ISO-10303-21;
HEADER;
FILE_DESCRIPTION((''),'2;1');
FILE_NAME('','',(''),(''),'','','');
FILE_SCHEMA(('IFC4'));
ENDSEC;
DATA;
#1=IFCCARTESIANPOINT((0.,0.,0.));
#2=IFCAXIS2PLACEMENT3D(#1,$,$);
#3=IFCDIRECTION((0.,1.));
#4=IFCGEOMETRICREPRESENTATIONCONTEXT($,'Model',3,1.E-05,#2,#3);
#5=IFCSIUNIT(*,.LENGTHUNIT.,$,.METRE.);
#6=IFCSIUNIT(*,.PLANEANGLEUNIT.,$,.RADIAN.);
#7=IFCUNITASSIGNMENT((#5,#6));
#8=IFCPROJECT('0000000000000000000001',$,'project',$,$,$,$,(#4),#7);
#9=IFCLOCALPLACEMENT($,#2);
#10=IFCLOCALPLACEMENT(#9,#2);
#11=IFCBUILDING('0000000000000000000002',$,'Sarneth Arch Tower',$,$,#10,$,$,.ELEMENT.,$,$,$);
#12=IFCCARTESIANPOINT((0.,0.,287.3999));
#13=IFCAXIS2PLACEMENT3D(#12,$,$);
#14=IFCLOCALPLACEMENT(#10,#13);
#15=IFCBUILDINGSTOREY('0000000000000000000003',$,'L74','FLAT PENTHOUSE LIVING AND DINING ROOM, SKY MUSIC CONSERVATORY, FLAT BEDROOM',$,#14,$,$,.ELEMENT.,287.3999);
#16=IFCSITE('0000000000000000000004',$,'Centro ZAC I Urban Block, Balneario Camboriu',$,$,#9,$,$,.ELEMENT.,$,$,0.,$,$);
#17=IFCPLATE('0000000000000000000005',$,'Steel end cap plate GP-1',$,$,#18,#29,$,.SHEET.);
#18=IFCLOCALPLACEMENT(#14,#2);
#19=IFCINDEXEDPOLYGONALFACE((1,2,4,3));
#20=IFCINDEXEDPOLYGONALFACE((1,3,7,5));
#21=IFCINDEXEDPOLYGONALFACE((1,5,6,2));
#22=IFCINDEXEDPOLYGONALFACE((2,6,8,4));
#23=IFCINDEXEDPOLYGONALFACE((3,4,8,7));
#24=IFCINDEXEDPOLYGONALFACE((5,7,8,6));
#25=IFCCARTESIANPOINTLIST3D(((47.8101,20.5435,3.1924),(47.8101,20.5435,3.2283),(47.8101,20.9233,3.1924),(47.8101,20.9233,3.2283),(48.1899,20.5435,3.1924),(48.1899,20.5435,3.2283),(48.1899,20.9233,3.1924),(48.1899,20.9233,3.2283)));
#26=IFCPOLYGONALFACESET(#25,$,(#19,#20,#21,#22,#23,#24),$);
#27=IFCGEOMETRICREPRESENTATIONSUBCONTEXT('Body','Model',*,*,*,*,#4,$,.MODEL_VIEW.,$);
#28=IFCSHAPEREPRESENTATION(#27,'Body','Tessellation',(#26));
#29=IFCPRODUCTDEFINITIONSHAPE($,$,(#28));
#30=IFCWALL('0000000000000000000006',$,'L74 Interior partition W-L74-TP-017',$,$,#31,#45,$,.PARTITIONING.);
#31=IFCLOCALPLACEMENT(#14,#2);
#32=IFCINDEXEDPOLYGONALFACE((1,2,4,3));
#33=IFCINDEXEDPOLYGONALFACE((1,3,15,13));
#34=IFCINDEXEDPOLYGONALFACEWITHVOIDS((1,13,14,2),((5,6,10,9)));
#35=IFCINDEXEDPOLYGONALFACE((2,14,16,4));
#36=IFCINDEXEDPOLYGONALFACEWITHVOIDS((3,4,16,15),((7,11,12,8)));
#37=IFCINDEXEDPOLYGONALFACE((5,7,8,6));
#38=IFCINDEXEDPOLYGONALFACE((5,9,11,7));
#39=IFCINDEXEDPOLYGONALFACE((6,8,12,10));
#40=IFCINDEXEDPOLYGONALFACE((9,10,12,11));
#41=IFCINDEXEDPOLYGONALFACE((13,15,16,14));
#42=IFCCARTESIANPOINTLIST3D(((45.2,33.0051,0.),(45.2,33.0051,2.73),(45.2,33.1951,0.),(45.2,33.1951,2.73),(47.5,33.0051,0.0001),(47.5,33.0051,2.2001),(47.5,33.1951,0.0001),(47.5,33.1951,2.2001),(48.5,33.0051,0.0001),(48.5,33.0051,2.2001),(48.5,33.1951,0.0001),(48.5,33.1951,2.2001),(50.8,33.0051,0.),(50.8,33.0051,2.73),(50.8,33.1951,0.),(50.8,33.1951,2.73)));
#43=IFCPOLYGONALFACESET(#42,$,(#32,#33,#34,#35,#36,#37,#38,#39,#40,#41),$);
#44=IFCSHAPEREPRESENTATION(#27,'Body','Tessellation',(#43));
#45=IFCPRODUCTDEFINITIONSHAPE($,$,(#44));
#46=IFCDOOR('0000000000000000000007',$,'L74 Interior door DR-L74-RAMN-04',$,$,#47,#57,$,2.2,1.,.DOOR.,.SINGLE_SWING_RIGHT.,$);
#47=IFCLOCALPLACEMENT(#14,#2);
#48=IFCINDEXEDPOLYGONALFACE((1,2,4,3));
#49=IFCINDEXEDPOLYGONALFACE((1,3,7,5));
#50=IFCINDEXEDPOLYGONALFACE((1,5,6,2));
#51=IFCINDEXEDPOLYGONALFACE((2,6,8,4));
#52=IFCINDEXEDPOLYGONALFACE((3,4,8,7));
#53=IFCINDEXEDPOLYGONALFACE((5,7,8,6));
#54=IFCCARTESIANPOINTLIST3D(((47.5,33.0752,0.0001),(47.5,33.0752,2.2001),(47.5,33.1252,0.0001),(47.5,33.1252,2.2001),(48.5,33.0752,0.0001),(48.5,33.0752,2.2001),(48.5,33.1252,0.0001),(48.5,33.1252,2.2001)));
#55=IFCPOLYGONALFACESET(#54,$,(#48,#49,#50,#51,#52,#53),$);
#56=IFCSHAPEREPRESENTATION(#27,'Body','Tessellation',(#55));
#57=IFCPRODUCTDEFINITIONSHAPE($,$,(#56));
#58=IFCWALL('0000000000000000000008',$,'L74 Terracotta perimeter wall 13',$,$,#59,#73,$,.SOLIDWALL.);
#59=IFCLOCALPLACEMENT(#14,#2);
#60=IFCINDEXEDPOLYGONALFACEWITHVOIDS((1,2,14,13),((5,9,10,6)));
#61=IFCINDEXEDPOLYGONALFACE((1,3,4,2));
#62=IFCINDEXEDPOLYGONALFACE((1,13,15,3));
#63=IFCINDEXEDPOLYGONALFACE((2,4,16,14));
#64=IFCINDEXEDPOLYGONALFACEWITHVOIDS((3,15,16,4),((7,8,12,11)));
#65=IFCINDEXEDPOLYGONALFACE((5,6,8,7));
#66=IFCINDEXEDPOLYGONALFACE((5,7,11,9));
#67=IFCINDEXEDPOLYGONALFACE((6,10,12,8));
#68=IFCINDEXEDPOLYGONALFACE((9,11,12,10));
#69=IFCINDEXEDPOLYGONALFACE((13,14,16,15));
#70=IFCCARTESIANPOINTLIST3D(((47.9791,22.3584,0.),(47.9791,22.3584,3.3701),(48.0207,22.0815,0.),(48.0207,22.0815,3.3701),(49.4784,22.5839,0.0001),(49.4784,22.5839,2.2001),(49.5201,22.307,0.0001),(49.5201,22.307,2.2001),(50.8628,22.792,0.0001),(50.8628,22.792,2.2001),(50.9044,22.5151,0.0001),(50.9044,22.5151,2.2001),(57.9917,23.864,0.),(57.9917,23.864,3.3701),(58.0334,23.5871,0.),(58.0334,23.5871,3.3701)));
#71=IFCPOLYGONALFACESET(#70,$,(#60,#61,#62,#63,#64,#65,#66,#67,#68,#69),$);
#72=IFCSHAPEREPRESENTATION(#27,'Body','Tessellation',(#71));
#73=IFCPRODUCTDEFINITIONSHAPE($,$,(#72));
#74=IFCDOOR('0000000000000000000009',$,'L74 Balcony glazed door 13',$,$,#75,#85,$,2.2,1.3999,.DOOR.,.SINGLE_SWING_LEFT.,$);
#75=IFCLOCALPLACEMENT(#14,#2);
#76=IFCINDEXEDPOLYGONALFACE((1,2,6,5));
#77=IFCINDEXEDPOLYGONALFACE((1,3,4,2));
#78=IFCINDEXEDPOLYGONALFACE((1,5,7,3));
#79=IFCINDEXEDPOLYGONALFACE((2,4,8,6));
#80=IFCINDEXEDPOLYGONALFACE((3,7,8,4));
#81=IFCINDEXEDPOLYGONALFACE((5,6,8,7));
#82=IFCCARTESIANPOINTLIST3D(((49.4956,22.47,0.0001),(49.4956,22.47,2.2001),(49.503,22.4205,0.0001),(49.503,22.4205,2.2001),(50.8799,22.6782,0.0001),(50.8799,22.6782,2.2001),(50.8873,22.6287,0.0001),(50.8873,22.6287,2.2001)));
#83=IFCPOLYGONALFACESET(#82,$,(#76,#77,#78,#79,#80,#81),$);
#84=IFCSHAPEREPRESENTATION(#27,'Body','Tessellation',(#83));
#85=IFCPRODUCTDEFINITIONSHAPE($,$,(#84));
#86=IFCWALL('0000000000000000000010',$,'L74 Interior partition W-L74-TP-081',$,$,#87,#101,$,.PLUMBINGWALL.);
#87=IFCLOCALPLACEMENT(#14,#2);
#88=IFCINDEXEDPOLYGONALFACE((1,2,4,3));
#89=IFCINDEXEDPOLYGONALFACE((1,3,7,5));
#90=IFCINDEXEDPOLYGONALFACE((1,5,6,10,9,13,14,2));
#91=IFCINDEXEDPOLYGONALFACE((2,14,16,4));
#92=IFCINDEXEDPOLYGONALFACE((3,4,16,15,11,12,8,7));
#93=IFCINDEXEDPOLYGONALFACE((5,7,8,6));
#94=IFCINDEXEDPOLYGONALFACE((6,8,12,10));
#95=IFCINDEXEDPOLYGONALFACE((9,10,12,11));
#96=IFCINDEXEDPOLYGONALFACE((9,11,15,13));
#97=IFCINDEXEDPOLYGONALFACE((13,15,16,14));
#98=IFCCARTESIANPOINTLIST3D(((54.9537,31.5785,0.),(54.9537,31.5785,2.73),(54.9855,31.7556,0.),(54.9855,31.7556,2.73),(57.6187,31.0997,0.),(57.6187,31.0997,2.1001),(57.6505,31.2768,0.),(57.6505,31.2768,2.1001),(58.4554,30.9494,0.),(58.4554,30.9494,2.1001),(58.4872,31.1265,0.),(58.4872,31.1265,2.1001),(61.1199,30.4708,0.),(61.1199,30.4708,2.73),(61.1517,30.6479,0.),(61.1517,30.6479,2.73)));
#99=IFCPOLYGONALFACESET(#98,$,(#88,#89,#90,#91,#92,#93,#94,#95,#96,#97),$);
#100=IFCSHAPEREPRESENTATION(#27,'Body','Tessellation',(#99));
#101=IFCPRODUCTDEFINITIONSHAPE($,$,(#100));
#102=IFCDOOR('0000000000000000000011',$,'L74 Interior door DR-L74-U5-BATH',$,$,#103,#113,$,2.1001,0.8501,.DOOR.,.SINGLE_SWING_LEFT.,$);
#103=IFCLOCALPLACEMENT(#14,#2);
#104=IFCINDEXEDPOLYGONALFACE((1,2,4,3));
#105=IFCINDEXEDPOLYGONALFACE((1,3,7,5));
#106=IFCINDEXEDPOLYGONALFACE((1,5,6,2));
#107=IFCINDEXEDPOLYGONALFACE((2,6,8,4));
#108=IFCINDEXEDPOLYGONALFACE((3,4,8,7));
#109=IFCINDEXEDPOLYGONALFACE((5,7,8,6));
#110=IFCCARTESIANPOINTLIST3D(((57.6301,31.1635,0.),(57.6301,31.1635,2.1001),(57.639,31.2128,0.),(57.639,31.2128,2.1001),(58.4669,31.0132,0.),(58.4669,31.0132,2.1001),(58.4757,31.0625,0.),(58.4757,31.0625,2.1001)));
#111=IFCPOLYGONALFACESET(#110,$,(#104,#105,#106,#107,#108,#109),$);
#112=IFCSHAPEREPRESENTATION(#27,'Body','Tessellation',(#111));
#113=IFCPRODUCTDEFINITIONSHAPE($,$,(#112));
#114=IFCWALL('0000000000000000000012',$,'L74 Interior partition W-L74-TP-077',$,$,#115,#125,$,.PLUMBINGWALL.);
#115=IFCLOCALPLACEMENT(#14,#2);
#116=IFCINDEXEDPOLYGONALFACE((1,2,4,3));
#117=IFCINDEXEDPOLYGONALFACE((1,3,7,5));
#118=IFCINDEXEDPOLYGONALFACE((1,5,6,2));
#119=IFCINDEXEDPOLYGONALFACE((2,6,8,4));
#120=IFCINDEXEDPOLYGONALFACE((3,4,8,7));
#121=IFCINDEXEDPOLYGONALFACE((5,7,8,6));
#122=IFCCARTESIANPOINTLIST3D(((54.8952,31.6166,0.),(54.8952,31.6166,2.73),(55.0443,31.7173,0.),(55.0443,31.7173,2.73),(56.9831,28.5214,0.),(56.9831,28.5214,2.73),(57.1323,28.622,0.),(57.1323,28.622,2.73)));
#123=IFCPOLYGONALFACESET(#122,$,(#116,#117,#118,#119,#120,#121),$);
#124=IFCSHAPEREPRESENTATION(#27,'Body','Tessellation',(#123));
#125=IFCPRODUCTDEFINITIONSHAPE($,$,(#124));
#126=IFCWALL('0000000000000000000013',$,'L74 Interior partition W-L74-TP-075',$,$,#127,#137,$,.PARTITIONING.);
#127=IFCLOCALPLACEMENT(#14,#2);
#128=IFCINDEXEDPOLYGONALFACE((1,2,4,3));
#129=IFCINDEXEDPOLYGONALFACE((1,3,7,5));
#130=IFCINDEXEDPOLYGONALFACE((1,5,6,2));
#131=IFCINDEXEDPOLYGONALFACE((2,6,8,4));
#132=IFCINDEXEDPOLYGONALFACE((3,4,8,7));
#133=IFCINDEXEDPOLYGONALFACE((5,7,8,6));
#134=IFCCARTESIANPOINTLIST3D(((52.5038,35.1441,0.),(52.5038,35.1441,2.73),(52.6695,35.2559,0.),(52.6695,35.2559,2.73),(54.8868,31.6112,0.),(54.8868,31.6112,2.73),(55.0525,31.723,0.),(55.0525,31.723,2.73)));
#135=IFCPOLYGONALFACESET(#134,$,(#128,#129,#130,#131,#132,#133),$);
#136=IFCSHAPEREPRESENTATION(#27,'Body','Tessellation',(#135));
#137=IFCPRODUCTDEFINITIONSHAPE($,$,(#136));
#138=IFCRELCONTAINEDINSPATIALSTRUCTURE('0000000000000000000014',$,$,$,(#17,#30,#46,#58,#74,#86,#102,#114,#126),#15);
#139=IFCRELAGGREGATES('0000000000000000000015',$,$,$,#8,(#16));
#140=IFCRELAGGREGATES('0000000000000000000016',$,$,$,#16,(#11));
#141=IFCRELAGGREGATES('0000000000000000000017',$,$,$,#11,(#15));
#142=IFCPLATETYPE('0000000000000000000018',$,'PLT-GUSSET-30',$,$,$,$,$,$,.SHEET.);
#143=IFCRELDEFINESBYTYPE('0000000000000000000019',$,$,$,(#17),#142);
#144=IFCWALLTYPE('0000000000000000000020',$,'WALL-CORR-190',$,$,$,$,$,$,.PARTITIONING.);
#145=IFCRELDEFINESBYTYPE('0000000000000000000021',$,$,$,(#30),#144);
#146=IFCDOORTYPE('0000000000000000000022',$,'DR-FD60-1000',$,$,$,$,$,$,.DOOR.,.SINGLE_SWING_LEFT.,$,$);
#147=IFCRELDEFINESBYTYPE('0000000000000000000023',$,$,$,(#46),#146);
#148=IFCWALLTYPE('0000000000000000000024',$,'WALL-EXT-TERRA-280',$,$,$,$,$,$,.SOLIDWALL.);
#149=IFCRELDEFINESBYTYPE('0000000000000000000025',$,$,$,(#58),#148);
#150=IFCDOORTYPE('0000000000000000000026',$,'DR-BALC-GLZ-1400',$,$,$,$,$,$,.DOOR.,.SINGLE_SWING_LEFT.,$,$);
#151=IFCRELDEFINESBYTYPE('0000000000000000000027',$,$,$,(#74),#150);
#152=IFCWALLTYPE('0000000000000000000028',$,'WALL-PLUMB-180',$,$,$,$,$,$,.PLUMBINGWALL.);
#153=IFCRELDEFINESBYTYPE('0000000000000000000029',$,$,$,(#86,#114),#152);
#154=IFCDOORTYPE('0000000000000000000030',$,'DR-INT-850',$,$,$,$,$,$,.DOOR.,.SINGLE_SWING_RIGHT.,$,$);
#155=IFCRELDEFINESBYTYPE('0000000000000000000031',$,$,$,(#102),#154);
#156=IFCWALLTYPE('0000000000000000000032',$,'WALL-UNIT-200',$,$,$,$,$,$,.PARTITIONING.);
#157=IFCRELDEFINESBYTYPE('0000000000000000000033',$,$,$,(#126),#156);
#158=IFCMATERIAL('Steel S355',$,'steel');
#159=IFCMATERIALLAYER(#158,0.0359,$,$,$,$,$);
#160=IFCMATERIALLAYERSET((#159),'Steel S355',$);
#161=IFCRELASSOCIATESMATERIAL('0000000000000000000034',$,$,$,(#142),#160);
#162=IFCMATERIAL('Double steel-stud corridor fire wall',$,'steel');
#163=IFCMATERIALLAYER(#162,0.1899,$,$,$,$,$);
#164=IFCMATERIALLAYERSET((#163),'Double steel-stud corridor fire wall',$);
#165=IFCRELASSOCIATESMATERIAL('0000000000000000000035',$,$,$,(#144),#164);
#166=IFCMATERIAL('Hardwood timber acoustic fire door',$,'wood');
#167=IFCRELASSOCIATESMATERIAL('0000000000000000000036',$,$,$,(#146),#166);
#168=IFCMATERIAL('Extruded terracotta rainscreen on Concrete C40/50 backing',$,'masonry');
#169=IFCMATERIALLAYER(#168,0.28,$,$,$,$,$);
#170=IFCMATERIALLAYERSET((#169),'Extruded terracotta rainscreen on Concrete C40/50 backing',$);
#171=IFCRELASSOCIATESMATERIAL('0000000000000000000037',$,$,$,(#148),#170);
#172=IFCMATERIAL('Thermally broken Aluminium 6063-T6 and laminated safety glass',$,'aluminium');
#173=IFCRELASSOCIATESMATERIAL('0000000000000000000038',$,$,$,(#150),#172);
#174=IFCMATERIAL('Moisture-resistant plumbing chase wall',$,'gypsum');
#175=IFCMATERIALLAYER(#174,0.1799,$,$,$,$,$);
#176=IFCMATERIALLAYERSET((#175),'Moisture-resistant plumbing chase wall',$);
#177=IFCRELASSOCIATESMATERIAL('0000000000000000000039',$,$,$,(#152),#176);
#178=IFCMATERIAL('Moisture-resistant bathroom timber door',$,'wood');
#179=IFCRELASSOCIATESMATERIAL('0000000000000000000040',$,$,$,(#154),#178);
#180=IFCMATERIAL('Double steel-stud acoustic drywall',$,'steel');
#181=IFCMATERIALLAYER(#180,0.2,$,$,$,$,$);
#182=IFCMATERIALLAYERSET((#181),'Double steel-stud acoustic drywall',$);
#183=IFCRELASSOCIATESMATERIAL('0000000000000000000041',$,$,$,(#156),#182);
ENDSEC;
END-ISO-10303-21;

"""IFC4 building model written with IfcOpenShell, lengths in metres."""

from ifc_helpers import new_model, si_unit, direction, frame, frame_2d, origin, origin_2d, place, context, subcontext, project, spatial, rectangle, extrude, material, layer, layer_set, type_object, element, fill, save


model = new_model("IFC4")

# Units and contexts
model_context = context("Model", 3, precision=1e-05, world=origin(), true_north=direction((0.0, 1.0)))
body_context = subcontext(model_context, "Body", "Model", "MODEL_VIEW")
ifc_project = project(units=[si_unit("LENGTHUNIT", "METRE"), si_unit("PLANEANGLEUNIT", "RADIAN")], contexts=[model_context])

# Site, building, storey
site_placement = place(None, origin())
site = spatial("IfcSite", under=ifc_project, at=site_placement, Name="Centro ZAC I Urban Block, Balneario Camboriu", CompositionType="ELEMENT", RefElevation=0.0)
building_placement = place(site_placement, origin())
building = spatial("IfcBuilding", under=site, at=building_placement, Name="Sarneth Arch Tower", CompositionType="ELEMENT")
storey_placement = place(building_placement, frame((0.0, 0.0, 287.3999)))
storey = spatial("IfcBuildingStorey", under=building, at=storey_placement, Name="L74", Description="FLAT PENTHOUSE LIVING AND DINING ROOM, SKY MUSIC CONSERVATORY, FLAT BEDROOM", CompositionType="ELEMENT", Elevation=287.3999)

# Plate
ifc_material_1 = material(Name="Steel S355", Category="steel")
ifc_layer_1 = layer(ifc_material_1, 0.0359)
ifc_layer_set_1 = layer_set([ifc_layer_1], Name="Steel S355")
plate_type = type_object("IfcPlateType", Name="PLT-GUSSET-30", PredefinedType="SHEET", material=ifc_layer_set_1)
plate_1_placement = place(storey_placement, frame((48.0, 20.7334, 3.1924), z_axis=(0.0, 0.0, 1.0), x_axis=(0.0, -1.0, 0.0)))
element("IfcPlate", 1, at=plate_1_placement, inside=storey, type_object=plate_type, Name="Steel end cap plate GP-1", PredefinedType="SHEET", context=body_context, shape_type="SweptSolid", body=[
    extrude(rectangle(XDim=0.3799, YDim=0.3799, at=origin_2d()), origin(), (0.0, 0.0, 1.0), 0.0359),
])

# Walls, openings, doors
ifc_material_2 = material(Name="Double steel-stud corridor fire wall", Category="steel")
ifc_layer_2 = layer(ifc_material_2, 0.1899)
ifc_layer_set_2 = layer_set([ifc_layer_2], Name="Double steel-stud corridor fire wall")
wall_type_1 = type_object("IfcWallType", Name="WALL-CORR-190", PredefinedType="PARTITIONING", material=ifc_layer_set_2)
wall_1_placement = place(storey_placement, frame((50.8, 33.1001, 0.0), z_axis=(0.0, 0.0, 1.0), x_axis=(-1.0, 0.0, 0.0)))
wall_1 = element("IfcWall", 2, at=wall_1_placement, inside=storey, type_object=wall_type_1, Name="L74 Interior partition W-L74-TP-017", PredefinedType="PARTITIONING", context=body_context, shape_type="SweptSolid", body=[
    extrude(rectangle(XDim=5.6001, YDim=0.1899, at=frame_2d((2.8, 0.0))), origin(), (0.0, 0.0, 1.0), 2.73),
])
opening_1_placement = place(wall_1_placement, frame((2.3, 0.0, 0.0)))
opening_1 = element("IfcOpeningElement", 3, at=opening_1_placement, cuts=wall_1, PredefinedType="OPENING", context=body_context, shape_type="SweptSolid", body=[
    extrude(rectangle(XDim=1.0, YDim=2.2, at=frame_2d((0.5, 1.1001))), frame((0.0, 0.105, 0.0), z_axis=(0.0, -1.0, 0.0), x_axis=(1.0, 0.0, 0.0)), (0.0, 0.0, 1.0), 0.21),
])
ifc_material_3 = material(Name="Hardwood timber acoustic fire door", Category="wood")
door_type_1 = type_object("IfcDoorType", Name="DR-FD60-1000", OperationType="SINGLE_SWING_LEFT", PredefinedType="DOOR", material=ifc_material_3)
door_1_placement = place(opening_1_placement, origin())
door_1 = element("IfcDoor", 4, at=door_1_placement, inside=storey, type_object=door_type_1, Name="L74 Interior door DR-L74-RAMN-04", OperationType="SINGLE_SWING_RIGHT", OverallHeight=2.2, OverallWidth=1.0, PredefinedType="DOOR", context=body_context, shape_type="SweptSolid", body=[
    extrude(rectangle(XDim=1.0, YDim=2.2, at=frame_2d((0.5, 1.1001))), frame((0.0, 0.0249, 0.0), z_axis=(0.0, -1.0, 0.0), x_axis=(1.0, 0.0, 0.0)), (0.0, 0.0, 1.0), 0.05),
])
fill(opening_1, door_1)
ifc_material_4 = material(Name="Extruded terracotta rainscreen on Concrete C40/50 backing", Category="masonry")
ifc_layer_3 = layer(ifc_material_4, 0.28)
ifc_layer_set_3 = layer_set([ifc_layer_3], Name="Extruded terracotta rainscreen on Concrete C40/50 backing")
wall_type_2 = type_object("IfcWallType", Name="WALL-EXT-TERRA-280", PredefinedType="SOLIDWALL", material=ifc_layer_set_3)
wall_2_placement = place(storey_placement, frame((48.0, 22.22, 0.0), z_axis=(0.0, 0.0, 1.0), x_axis=(0.988883, 0.148699, 0.0)))
wall_2 = element("IfcWall", 5, at=wall_2_placement, inside=storey, type_object=wall_type_2, Name="L74 Terracotta perimeter wall 13", PredefinedType="SOLIDWALL", context=body_context, shape_type="SweptSolid", body=[
    extrude(rectangle(XDim=10.1252, YDim=0.28, at=frame_2d((5.0625, 0.0))), origin(), (0.0, 0.0, 1.0), 3.3701),
])
opening_2_placement = place(wall_2_placement, frame((1.5161, 0.0, 0.0)))
opening_2 = element("IfcOpeningElement", 6, at=opening_2_placement, cuts=wall_2, PredefinedType="OPENING", context=body_context, shape_type="SweptSolid", body=[
    extrude(rectangle(XDim=1.3999, YDim=2.2, at=frame_2d((0.7, 1.1001))), frame((0.0, 0.1499, 0.0), z_axis=(0.0, -1.0, 0.0), x_axis=(1.0, 0.0, 0.0)), (0.0, 0.0, 1.0), 0.3),
])
ifc_material_5 = material(Name="Thermally broken Aluminium 6063-T6 and laminated safety glass", Category="aluminium")
door_type_2 = type_object("IfcDoorType", Name="DR-BALC-GLZ-1400", OperationType="SINGLE_SWING_LEFT", PredefinedType="DOOR", material=ifc_material_5)
door_2_placement = place(opening_2_placement, origin())
door_2 = element("IfcDoor", 7, at=door_2_placement, inside=storey, type_object=door_type_2, Name="L74 Balcony glazed door 13", OperationType="SINGLE_SWING_LEFT", OverallHeight=2.2, OverallWidth=1.3999, PredefinedType="DOOR", context=body_context, shape_type="SweptSolid", body=[
    extrude(rectangle(XDim=1.3999, YDim=2.2, at=frame_2d((0.7, 1.1001))), frame((0.0, 0.0249, 0.0), z_axis=(0.0, -1.0, 0.0), x_axis=(1.0, 0.0, 0.0)), (0.0, 0.0, 1.0), 0.05),
])
fill(opening_2, door_2)
ifc_material_6 = material(Name="Moisture-resistant plumbing chase wall", Category="gypsum")
ifc_layer_4 = layer(ifc_material_6, 0.1799)
ifc_layer_set_4 = layer_set([ifc_layer_4], Name="Moisture-resistant plumbing chase wall")
wall_type_3 = type_object("IfcWallType", Name="WALL-PLUMB-180", PredefinedType="PLUMBINGWALL", material=ifc_layer_set_4)
wall_3_placement = place(storey_placement, frame((54.9697, 31.667, 0.0), z_axis=(0.0, 0.0, 1.0), x_axis=(0.984246, -0.176803, 0.0)))
wall_3 = element("IfcWall", 8, at=wall_3_placement, inside=storey, type_object=wall_type_3, Name="L74 Interior partition W-L74-TP-081", PredefinedType="PLUMBINGWALL", context=body_context, shape_type="SweptSolid", body=[
    extrude(rectangle(XDim=6.2649, YDim=0.1799, at=frame_2d((3.1323, 0.0))), origin(), (0.0, 0.0, 1.0), 2.73),
])
opening_3_placement = place(wall_3_placement, frame((2.7075, 0.0, 0.0)))
opening_3 = element("IfcOpeningElement", 9, at=opening_3_placement, cuts=wall_3, PredefinedType="OPENING", context=body_context, shape_type="SweptSolid", body=[
    extrude(rectangle(XDim=0.8501, YDim=2.1001, at=frame_2d((0.425, 1.05))), frame((0.0, 0.0999, 0.0), z_axis=(0.0, -1.0, 0.0), x_axis=(1.0, 0.0, 0.0)), (0.0, 0.0, 1.0), 0.2),
])
ifc_material_7 = material(Name="Moisture-resistant bathroom timber door", Category="wood")
door_type_3 = type_object("IfcDoorType", Name="DR-INT-850", OperationType="SINGLE_SWING_RIGHT", PredefinedType="DOOR", material=ifc_material_7)
door_3_placement = place(opening_3_placement, origin())
door_3 = element("IfcDoor", 10, at=door_3_placement, inside=storey, type_object=door_type_3, Name="L74 Interior door DR-L74-U5-BATH", OperationType="SINGLE_SWING_LEFT", OverallHeight=2.1001, OverallWidth=0.8501, PredefinedType="DOOR", context=body_context, shape_type="SweptSolid", body=[
    extrude(rectangle(XDim=0.8501, YDim=2.1001, at=frame_2d((0.425, 1.05))), frame((0.0, 0.0249, 0.0), z_axis=(0.0, -1.0, 0.0), x_axis=(1.0, 0.0, 0.0)), (0.0, 0.0, 1.0), 0.05),
])
fill(opening_3, door_3)

# Walls
wall_4_placement = place(storey_placement, frame((57.0576, 28.5718, 0.0), z_axis=(0.0, 0.0, 1.0), x_axis=(-0.559219, 0.82902, 0.0)))
element("IfcWall", 11, at=wall_4_placement, inside=storey, type_object=wall_type_3, Name="L74 Interior partition W-L74-TP-077", PredefinedType="PLUMBINGWALL", context=body_context, shape_type="SweptSolid", body=[
    extrude(rectangle(XDim=3.7336, YDim=0.1799, at=frame_2d((1.8667, 0.0))), origin(), (0.0, 0.0, 1.0), 2.73),
])
ifc_material_8 = material(Name="Double steel-stud acoustic drywall", Category="steel")
ifc_layer_5 = layer(ifc_material_8, 0.2)
ifc_layer_set_5 = layer_set([ifc_layer_5], Name="Double steel-stud acoustic drywall")
wall_type_4 = type_object("IfcWallType", Name="WALL-UNIT-200", PredefinedType="PARTITIONING", material=ifc_layer_set_5)
wall_5_placement = place(storey_placement, frame((54.9697, 31.667, 0.0), z_axis=(0.0, 0.0, 1.0), x_axis=(-0.5592, 0.829033, 0.0)))
element("IfcWall", 12, at=wall_5_placement, inside=storey, type_object=wall_type_4, Name="L74 Interior partition W-L74-TP-075", PredefinedType="PARTITIONING", context=body_context, shape_type="SweptSolid", body=[
    extrude(rectangle(XDim=4.2615, YDim=0.2, at=frame_2d((2.1309, 0.0))), origin(), (0.0, 0.0, 1.0), 2.73),
])

save(model, "model.ifc")
